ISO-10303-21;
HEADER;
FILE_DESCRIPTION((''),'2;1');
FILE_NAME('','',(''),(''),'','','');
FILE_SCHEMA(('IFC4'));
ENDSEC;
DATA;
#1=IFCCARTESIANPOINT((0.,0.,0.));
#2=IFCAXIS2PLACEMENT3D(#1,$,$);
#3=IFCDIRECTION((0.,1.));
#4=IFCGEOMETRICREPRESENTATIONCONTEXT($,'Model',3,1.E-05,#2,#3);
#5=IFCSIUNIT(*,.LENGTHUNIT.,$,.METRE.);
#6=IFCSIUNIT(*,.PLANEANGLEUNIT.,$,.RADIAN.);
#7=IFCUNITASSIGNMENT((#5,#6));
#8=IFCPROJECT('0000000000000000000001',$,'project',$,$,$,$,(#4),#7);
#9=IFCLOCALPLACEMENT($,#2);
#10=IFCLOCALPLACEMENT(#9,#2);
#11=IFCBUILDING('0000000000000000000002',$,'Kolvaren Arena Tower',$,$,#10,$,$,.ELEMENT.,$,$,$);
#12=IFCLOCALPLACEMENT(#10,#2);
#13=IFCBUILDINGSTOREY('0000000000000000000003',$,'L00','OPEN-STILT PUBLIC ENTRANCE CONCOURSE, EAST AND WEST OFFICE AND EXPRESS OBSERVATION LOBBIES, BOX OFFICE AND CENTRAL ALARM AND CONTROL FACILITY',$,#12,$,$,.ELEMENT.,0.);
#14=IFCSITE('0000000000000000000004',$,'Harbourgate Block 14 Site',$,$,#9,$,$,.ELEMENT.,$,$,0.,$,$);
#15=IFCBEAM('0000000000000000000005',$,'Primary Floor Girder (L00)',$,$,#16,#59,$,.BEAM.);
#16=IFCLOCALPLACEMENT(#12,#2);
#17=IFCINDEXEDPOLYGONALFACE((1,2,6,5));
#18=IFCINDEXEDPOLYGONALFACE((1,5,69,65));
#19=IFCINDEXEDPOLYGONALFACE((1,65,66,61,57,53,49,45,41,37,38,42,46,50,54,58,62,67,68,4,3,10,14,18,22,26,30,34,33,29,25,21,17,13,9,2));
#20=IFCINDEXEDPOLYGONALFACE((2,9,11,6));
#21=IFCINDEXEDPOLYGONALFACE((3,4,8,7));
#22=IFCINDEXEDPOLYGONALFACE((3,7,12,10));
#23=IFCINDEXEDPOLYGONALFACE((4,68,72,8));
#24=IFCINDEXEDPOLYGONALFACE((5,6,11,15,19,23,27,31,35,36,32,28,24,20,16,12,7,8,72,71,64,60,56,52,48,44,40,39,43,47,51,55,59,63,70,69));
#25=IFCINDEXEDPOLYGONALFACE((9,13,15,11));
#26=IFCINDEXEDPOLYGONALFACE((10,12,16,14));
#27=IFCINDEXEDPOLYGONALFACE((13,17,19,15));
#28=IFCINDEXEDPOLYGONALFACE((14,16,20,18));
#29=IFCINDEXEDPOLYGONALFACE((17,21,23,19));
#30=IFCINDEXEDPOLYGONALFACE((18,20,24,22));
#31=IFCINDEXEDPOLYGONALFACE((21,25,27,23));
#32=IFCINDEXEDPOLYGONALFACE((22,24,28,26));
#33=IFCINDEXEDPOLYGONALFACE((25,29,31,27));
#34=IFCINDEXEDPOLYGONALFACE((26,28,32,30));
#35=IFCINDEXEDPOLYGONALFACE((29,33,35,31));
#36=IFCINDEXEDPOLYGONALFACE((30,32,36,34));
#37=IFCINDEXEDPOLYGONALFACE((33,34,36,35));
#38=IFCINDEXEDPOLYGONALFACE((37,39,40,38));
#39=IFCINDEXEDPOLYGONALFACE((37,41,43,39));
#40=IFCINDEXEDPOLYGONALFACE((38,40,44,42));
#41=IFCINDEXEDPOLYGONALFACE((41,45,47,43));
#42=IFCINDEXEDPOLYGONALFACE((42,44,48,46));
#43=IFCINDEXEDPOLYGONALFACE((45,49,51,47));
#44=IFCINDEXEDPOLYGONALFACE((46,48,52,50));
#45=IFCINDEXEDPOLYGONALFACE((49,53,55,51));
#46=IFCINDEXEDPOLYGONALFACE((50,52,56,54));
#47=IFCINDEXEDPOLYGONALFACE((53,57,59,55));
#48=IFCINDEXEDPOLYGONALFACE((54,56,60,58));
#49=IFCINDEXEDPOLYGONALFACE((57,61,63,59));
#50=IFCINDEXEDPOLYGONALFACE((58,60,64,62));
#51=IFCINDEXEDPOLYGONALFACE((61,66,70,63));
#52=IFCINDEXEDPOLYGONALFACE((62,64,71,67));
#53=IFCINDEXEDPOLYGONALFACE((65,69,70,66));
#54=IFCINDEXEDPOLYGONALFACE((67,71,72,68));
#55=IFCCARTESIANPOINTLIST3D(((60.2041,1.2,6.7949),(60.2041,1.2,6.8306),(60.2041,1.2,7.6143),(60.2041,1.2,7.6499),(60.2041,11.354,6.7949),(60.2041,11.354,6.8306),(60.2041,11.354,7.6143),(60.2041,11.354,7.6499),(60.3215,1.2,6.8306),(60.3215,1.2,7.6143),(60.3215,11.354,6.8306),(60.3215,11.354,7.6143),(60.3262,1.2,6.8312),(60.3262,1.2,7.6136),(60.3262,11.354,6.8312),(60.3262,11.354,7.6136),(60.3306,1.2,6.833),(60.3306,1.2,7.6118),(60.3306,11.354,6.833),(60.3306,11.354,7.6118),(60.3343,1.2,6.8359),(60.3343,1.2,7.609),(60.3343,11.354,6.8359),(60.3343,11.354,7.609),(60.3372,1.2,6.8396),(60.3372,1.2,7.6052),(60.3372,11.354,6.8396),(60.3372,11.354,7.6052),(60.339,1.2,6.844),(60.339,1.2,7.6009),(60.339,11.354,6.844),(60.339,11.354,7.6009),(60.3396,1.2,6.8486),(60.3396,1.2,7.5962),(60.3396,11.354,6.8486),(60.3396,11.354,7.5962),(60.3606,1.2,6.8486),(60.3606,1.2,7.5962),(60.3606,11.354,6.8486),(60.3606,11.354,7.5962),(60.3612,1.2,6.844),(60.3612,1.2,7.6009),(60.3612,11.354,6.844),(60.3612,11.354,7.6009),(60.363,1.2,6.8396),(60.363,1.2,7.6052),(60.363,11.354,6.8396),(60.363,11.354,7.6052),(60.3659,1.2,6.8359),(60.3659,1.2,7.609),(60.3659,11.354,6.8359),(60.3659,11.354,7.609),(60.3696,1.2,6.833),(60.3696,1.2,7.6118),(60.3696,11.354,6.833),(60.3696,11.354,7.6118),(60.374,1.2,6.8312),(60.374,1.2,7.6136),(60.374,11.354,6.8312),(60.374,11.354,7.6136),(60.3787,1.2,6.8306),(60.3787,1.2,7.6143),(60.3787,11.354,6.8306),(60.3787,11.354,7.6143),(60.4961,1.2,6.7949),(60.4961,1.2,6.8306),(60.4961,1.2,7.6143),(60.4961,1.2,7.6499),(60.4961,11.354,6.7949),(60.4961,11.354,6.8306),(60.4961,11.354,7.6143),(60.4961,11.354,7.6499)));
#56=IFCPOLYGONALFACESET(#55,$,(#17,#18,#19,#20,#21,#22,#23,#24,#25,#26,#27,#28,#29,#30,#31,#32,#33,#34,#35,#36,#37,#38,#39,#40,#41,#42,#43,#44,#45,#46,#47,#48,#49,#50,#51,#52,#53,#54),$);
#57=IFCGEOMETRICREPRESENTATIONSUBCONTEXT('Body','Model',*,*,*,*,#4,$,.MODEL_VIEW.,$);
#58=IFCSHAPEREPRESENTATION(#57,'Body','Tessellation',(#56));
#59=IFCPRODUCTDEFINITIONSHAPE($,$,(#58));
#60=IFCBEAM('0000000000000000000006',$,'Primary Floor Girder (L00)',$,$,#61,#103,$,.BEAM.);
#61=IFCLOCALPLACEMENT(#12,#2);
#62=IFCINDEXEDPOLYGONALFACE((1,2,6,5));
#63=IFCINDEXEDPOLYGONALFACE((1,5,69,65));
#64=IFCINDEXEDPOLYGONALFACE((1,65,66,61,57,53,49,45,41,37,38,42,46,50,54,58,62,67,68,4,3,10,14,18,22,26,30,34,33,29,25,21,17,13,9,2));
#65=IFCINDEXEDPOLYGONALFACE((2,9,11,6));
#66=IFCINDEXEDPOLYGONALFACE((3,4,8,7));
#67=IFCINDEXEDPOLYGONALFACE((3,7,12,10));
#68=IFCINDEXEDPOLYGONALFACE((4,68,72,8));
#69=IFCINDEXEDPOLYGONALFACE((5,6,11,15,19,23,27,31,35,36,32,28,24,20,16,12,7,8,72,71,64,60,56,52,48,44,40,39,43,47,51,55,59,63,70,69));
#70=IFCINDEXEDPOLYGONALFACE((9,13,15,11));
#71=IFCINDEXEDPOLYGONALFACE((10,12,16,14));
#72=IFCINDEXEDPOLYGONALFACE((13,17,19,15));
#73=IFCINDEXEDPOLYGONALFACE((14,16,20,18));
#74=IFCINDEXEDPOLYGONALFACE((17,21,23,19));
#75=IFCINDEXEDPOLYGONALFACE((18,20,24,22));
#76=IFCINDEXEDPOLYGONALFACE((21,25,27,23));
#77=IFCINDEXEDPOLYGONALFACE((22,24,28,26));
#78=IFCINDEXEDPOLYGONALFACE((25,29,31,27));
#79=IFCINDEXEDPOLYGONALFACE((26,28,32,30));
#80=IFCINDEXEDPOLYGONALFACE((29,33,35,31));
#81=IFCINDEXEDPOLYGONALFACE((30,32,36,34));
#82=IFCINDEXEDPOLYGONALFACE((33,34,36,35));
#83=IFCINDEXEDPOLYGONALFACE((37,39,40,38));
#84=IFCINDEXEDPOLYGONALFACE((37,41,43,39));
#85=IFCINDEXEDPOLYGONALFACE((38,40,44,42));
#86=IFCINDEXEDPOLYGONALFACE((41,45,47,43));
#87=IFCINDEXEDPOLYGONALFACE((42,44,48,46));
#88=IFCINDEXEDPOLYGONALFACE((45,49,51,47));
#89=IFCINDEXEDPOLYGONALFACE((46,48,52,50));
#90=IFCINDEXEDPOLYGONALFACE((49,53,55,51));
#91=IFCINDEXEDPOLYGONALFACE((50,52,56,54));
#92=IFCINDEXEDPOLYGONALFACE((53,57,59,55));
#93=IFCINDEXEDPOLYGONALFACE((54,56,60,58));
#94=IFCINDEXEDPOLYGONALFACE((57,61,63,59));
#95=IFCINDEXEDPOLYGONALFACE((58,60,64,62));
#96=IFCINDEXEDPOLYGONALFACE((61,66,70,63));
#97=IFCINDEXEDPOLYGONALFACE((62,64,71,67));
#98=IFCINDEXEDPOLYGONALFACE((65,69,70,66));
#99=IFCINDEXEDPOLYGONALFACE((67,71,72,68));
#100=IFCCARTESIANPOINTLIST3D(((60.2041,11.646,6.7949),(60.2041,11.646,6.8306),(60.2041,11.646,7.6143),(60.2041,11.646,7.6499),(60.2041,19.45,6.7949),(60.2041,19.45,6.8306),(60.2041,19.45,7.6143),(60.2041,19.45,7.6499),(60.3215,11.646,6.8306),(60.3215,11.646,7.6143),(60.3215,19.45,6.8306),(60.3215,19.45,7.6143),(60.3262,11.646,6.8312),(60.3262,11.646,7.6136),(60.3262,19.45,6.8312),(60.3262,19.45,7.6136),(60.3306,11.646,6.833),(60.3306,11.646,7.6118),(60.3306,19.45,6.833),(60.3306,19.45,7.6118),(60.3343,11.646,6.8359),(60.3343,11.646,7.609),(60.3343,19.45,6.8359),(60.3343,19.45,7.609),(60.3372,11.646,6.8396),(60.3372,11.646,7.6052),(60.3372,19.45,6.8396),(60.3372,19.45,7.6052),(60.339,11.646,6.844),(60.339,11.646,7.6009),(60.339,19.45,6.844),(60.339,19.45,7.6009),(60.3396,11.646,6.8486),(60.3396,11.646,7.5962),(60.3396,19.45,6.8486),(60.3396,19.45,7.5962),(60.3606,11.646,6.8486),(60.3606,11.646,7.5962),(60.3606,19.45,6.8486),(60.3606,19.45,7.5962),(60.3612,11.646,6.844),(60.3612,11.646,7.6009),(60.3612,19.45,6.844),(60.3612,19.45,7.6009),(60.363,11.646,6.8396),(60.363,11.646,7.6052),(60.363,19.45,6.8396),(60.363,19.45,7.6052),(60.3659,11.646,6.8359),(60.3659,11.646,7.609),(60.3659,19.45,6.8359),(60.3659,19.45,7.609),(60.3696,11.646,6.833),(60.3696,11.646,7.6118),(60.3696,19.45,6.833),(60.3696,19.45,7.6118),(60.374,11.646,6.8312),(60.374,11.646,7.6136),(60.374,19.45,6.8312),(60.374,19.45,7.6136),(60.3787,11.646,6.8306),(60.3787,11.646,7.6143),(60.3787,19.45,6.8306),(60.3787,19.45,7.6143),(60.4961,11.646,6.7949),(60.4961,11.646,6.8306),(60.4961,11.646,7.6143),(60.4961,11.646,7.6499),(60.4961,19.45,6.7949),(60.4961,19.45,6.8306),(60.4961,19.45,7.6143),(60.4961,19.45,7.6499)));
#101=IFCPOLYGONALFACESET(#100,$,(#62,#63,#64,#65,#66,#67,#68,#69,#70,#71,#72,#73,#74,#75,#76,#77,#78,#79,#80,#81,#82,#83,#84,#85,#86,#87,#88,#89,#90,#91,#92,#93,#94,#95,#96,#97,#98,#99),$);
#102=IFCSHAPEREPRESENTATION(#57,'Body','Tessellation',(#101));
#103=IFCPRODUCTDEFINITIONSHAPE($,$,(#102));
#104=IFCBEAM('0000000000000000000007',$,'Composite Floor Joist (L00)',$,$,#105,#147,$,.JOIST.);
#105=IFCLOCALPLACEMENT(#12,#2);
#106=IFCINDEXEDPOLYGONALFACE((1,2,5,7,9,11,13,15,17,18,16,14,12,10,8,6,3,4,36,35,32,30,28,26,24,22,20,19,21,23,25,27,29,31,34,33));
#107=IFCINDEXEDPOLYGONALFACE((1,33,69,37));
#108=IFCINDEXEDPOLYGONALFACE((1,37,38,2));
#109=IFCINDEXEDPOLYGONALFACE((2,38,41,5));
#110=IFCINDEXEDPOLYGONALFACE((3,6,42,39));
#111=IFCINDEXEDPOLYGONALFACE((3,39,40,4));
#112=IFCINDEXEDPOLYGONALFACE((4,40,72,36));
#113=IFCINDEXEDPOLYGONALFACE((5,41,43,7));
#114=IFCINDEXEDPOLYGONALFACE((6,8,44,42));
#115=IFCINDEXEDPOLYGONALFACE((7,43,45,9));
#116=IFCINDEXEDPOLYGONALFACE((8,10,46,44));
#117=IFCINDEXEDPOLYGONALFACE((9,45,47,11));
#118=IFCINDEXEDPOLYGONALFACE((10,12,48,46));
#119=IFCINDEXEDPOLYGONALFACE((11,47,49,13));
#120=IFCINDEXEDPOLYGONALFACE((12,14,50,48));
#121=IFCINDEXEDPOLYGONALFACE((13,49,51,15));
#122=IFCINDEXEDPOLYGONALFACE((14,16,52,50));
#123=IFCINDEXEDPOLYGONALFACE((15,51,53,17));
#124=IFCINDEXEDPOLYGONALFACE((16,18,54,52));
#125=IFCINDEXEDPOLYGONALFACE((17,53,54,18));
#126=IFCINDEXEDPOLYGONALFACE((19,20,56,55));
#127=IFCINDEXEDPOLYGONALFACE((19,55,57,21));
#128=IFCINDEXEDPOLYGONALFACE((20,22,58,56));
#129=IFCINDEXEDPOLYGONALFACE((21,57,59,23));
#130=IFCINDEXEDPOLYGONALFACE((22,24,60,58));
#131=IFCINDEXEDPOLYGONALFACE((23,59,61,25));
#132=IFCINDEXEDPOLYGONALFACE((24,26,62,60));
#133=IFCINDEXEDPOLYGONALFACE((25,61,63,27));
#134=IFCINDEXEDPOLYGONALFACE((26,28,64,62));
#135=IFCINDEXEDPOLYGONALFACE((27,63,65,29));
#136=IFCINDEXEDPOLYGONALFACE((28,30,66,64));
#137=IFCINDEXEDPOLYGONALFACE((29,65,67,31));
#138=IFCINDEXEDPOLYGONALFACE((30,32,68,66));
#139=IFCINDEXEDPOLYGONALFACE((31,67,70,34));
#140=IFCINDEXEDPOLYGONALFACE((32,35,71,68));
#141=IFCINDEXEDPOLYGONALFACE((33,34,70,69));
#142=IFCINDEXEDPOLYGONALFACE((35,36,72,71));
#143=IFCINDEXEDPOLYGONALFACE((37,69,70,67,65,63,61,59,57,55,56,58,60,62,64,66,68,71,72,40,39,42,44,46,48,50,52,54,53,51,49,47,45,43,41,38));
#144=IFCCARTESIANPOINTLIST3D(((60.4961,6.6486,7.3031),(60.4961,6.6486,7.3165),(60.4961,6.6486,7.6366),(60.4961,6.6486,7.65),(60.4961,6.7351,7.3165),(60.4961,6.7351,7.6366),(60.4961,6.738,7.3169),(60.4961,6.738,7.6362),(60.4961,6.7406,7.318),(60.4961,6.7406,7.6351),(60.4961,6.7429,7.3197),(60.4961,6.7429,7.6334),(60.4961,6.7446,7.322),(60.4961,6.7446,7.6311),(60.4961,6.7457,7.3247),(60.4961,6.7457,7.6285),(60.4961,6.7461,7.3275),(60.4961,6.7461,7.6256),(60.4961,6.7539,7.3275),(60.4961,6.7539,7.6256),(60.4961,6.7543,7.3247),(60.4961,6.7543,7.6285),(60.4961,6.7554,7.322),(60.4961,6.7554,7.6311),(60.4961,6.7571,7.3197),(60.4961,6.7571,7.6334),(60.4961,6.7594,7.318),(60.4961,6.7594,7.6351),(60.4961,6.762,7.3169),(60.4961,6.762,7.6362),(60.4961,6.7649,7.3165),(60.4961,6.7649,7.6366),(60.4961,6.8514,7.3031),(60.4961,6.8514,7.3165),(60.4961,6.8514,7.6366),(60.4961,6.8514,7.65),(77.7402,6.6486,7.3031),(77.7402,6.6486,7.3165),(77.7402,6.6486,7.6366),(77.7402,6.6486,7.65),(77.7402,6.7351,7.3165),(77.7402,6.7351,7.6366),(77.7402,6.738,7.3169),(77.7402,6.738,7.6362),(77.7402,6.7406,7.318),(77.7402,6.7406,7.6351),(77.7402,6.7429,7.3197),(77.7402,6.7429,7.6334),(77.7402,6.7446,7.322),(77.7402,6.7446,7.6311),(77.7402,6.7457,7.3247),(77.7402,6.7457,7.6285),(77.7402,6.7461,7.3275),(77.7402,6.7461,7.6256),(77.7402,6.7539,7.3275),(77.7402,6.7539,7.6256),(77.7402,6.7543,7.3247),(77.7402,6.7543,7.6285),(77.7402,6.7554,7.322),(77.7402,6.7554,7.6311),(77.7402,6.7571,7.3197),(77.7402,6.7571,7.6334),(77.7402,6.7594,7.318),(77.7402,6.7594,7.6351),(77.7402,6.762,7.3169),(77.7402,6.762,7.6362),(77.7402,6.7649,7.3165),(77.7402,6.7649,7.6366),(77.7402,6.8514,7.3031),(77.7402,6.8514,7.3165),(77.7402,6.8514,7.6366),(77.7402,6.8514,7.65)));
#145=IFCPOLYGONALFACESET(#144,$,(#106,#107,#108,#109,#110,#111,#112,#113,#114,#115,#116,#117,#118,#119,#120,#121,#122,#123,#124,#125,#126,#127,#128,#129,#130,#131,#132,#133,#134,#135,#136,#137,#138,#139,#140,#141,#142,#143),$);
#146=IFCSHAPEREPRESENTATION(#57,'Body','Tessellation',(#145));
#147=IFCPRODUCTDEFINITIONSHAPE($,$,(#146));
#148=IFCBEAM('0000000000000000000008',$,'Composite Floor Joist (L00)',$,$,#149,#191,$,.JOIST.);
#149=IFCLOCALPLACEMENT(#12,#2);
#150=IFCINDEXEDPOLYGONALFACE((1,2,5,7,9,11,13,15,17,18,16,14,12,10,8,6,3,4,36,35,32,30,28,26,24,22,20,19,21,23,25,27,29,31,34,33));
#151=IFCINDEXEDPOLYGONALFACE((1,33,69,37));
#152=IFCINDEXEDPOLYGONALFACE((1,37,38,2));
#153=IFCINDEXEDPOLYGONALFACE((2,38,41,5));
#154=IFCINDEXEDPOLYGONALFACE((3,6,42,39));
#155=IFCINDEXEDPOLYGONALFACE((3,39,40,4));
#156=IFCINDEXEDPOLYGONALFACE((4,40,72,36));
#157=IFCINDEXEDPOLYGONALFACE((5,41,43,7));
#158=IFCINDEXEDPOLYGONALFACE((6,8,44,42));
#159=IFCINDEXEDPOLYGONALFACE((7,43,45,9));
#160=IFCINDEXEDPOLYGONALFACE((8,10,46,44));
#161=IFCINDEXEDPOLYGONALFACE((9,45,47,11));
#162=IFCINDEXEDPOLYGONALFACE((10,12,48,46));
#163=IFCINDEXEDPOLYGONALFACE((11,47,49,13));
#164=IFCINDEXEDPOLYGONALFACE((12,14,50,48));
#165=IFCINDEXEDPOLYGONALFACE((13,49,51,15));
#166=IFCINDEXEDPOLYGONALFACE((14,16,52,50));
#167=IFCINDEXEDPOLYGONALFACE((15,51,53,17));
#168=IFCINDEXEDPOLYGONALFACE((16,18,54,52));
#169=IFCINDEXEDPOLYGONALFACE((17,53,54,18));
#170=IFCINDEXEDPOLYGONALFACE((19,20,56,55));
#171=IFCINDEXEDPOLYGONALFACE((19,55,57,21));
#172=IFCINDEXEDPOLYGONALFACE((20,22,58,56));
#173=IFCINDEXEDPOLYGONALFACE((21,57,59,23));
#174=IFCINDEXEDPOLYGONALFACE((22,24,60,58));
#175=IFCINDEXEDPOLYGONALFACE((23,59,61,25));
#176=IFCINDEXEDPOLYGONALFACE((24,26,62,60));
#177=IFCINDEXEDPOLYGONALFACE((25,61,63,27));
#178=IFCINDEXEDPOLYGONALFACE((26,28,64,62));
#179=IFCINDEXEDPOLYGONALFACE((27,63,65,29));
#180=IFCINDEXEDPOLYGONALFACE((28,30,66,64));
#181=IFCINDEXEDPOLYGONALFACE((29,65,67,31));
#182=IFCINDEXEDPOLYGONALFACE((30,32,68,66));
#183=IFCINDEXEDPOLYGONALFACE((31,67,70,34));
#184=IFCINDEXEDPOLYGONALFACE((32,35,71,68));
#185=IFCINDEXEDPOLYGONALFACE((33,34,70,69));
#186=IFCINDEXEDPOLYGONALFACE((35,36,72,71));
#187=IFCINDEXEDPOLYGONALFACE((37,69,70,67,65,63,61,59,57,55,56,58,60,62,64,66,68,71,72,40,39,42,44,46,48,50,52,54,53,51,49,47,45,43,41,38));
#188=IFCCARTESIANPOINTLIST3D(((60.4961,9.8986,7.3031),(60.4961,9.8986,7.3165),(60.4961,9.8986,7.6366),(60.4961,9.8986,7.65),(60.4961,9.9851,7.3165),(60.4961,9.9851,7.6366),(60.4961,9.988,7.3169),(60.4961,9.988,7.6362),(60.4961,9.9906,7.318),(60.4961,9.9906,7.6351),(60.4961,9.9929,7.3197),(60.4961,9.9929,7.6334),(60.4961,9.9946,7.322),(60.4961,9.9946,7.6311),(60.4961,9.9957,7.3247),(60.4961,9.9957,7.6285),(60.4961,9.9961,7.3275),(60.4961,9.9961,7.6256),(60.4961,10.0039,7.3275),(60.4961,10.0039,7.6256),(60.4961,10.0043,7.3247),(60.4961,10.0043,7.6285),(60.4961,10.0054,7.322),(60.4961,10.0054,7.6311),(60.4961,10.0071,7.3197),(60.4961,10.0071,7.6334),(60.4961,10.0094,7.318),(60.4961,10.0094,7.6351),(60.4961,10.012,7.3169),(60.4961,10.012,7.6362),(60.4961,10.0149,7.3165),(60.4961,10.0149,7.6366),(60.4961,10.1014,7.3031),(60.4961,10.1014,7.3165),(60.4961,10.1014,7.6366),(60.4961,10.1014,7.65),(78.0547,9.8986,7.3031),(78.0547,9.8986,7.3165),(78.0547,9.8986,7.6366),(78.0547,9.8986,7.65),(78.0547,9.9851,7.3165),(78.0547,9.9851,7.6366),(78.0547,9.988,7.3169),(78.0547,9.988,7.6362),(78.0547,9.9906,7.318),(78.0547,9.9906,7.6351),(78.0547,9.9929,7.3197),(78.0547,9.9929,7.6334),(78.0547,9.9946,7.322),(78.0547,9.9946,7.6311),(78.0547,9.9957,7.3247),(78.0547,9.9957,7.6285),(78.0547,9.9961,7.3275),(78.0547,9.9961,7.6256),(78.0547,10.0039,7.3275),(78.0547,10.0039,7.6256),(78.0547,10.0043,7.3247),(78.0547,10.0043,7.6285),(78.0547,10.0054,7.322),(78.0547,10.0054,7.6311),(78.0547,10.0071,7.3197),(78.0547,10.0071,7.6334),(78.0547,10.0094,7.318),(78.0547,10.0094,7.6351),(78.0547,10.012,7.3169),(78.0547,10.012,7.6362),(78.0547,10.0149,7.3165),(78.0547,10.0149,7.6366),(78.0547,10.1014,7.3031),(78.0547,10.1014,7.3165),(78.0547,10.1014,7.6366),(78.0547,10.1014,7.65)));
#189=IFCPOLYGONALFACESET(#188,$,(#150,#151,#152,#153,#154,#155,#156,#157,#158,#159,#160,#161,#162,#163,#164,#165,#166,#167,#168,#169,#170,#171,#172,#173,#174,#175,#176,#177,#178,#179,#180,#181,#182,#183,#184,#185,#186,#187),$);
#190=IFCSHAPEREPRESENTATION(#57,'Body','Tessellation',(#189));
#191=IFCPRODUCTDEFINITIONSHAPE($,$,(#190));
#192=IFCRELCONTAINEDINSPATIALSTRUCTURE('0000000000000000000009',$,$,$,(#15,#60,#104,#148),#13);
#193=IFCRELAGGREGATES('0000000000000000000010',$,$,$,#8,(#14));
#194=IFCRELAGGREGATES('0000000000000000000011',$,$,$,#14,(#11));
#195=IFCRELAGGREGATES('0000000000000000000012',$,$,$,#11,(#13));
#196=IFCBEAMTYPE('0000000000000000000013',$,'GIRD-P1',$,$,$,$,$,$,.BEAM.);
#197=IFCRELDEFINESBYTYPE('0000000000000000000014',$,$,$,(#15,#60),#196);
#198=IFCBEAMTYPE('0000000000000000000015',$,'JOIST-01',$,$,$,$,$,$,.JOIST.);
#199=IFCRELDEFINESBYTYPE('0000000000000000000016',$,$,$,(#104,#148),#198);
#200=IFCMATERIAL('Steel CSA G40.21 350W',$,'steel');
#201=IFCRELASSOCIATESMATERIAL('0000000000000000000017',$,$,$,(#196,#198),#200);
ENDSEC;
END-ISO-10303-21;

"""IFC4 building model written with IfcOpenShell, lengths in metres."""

from ifc_helpers import new_model, si_unit, direction, frame, origin, origin_2d, place, context, subcontext, project, spatial, i_section, extrude, material, material_profile, profile_set, type_object, element, save


model = new_model("IFC4")

# Units and contexts
model_context = context("Model", 3, precision=1e-05, world=origin(), true_north=direction((0.0, 1.0)))
body_context = subcontext(model_context, "Body", "Model", "MODEL_VIEW")
ifc_project = project(units=[si_unit("LENGTHUNIT", "METRE"), si_unit("PLANEANGLEUNIT", "RADIAN")], contexts=[model_context])

# Site, building, storey
site_placement = place(None, origin())
site = spatial("IfcSite", under=ifc_project, at=site_placement, Name="Harbourgate Block 14 Site", CompositionType="ELEMENT", RefElevation=0.0)
building_placement = place(site_placement, origin())
building = spatial("IfcBuilding", under=site, at=building_placement, Name="Kolvaren Arena Tower", CompositionType="ELEMENT")
storey_placement = place(building_placement, origin())
storey = spatial("IfcBuildingStorey", under=building, at=storey_placement, Name="L00", Description="OPEN-STILT PUBLIC ENTRANCE CONCOURSE, EAST AND WEST OFFICE AND EXPRESS OBSERVATION LOBBIES, BOX OFFICE AND CENTRAL ALARM AND CONTROL FACILITY", CompositionType="ELEMENT", Elevation=0.0)

# Shared definitions
ifc_material_1 = material(Name="Steel CSA G40.21 350W", Category="steel")

# Beams
ifc_material_profile_1 = material_profile(ifc_material_1, i_section(OverallWidth=0.292, OverallDepth=0.855, WebThickness=0.021, FlangeThickness=0.0356, FilletRadius=0.0181, at=origin_2d()), Name="W840x299")
ifc_profile_set_1 = profile_set([ifc_material_profile_1], Name="Steel CSA G40.21 350W")
beam_type_1 = type_object("IfcBeamType", Name="GIRD-P1", PredefinedType="BEAM", material=ifc_profile_set_1)
beam_1_placement = place(storey_placement, frame((60.3501, 1.2, 7.2224), z_axis=(0.0, 1.0, 0.0), x_axis=(-1.0, 0.0, 0.0)))
element("IfcBeam", 1, at=beam_1_placement, inside=storey, type_object=beam_type_1, Name="Primary Floor Girder (L00)", PredefinedType="BEAM", context=body_context, shape_type="SweptSolid", body=[
    extrude(i_section(OverallWidth=0.292, OverallDepth=0.855, WebThickness=0.021, FlangeThickness=0.0356, FilletRadius=0.0181, at=origin_2d()), origin(), (0.0, 0.0, 1.0), 10.1541),
])
beam_2_placement = place(storey_placement, frame((60.3501, 11.646, 7.2224), z_axis=(0.0, 1.0, 0.0), x_axis=(-1.0, 0.0, 0.0)))
element("IfcBeam", 2, at=beam_2_placement, inside=storey, type_object=beam_type_1, Name="Primary Floor Girder (L00)", PredefinedType="BEAM", context=body_context, shape_type="SweptSolid", body=[
    extrude(i_section(OverallWidth=0.292, OverallDepth=0.855, WebThickness=0.021, FlangeThickness=0.0356, FilletRadius=0.0181, at=origin_2d()), origin(), (0.0, 0.0, 1.0), 7.804),
])
ifc_material_profile_2 = material_profile(ifc_material_1, i_section(OverallWidth=0.2029, OverallDepth=0.3469, WebThickness=0.0078, FlangeThickness=0.0134, FilletRadius=0.011, at=origin_2d()), Name="W360x64")
ifc_profile_set_2 = profile_set([ifc_material_profile_2], Name="Steel CSA G40.21 350W")
beam_type_2 = type_object("IfcBeamType", Name="JOIST-01", PredefinedType="JOIST", material=ifc_profile_set_2)
beam_3_placement = place(storey_placement, frame((60.4961, 6.75, 7.4766), z_axis=(1.0, 0.0, 0.0), x_axis=(0.0, 1.0, 0.0)))
element("IfcBeam", 3, at=beam_3_placement, inside=storey, type_object=beam_type_2, Name="Composite Floor Joist (L00)", PredefinedType="JOIST", context=body_context, shape_type="SweptSolid", body=[
    extrude(i_section(OverallWidth=0.2029, OverallDepth=0.3469, WebThickness=0.0078, FlangeThickness=0.0134, FilletRadius=0.011, at=origin_2d()), origin(), (0.0, 0.0, 1.0), 17.2441),
])
beam_4_placement = place(storey_placement, frame((60.4961, 10.0, 7.4766), z_axis=(1.0, 0.0, 0.0), x_axis=(0.0, 1.0, 0.0)))
element("IfcBeam", 4, at=beam_4_placement, inside=storey, type_object=beam_type_2, Name="Composite Floor Joist (L00)", PredefinedType="JOIST", context=body_context, shape_type="SweptSolid", body=[
    extrude(i_section(OverallWidth=0.2029, OverallDepth=0.3469, WebThickness=0.0078, FlangeThickness=0.0134, FilletRadius=0.011, at=origin_2d()), origin(), (0.0, 0.0, 1.0), 17.5586),
])

save(model, "model.ifc")
